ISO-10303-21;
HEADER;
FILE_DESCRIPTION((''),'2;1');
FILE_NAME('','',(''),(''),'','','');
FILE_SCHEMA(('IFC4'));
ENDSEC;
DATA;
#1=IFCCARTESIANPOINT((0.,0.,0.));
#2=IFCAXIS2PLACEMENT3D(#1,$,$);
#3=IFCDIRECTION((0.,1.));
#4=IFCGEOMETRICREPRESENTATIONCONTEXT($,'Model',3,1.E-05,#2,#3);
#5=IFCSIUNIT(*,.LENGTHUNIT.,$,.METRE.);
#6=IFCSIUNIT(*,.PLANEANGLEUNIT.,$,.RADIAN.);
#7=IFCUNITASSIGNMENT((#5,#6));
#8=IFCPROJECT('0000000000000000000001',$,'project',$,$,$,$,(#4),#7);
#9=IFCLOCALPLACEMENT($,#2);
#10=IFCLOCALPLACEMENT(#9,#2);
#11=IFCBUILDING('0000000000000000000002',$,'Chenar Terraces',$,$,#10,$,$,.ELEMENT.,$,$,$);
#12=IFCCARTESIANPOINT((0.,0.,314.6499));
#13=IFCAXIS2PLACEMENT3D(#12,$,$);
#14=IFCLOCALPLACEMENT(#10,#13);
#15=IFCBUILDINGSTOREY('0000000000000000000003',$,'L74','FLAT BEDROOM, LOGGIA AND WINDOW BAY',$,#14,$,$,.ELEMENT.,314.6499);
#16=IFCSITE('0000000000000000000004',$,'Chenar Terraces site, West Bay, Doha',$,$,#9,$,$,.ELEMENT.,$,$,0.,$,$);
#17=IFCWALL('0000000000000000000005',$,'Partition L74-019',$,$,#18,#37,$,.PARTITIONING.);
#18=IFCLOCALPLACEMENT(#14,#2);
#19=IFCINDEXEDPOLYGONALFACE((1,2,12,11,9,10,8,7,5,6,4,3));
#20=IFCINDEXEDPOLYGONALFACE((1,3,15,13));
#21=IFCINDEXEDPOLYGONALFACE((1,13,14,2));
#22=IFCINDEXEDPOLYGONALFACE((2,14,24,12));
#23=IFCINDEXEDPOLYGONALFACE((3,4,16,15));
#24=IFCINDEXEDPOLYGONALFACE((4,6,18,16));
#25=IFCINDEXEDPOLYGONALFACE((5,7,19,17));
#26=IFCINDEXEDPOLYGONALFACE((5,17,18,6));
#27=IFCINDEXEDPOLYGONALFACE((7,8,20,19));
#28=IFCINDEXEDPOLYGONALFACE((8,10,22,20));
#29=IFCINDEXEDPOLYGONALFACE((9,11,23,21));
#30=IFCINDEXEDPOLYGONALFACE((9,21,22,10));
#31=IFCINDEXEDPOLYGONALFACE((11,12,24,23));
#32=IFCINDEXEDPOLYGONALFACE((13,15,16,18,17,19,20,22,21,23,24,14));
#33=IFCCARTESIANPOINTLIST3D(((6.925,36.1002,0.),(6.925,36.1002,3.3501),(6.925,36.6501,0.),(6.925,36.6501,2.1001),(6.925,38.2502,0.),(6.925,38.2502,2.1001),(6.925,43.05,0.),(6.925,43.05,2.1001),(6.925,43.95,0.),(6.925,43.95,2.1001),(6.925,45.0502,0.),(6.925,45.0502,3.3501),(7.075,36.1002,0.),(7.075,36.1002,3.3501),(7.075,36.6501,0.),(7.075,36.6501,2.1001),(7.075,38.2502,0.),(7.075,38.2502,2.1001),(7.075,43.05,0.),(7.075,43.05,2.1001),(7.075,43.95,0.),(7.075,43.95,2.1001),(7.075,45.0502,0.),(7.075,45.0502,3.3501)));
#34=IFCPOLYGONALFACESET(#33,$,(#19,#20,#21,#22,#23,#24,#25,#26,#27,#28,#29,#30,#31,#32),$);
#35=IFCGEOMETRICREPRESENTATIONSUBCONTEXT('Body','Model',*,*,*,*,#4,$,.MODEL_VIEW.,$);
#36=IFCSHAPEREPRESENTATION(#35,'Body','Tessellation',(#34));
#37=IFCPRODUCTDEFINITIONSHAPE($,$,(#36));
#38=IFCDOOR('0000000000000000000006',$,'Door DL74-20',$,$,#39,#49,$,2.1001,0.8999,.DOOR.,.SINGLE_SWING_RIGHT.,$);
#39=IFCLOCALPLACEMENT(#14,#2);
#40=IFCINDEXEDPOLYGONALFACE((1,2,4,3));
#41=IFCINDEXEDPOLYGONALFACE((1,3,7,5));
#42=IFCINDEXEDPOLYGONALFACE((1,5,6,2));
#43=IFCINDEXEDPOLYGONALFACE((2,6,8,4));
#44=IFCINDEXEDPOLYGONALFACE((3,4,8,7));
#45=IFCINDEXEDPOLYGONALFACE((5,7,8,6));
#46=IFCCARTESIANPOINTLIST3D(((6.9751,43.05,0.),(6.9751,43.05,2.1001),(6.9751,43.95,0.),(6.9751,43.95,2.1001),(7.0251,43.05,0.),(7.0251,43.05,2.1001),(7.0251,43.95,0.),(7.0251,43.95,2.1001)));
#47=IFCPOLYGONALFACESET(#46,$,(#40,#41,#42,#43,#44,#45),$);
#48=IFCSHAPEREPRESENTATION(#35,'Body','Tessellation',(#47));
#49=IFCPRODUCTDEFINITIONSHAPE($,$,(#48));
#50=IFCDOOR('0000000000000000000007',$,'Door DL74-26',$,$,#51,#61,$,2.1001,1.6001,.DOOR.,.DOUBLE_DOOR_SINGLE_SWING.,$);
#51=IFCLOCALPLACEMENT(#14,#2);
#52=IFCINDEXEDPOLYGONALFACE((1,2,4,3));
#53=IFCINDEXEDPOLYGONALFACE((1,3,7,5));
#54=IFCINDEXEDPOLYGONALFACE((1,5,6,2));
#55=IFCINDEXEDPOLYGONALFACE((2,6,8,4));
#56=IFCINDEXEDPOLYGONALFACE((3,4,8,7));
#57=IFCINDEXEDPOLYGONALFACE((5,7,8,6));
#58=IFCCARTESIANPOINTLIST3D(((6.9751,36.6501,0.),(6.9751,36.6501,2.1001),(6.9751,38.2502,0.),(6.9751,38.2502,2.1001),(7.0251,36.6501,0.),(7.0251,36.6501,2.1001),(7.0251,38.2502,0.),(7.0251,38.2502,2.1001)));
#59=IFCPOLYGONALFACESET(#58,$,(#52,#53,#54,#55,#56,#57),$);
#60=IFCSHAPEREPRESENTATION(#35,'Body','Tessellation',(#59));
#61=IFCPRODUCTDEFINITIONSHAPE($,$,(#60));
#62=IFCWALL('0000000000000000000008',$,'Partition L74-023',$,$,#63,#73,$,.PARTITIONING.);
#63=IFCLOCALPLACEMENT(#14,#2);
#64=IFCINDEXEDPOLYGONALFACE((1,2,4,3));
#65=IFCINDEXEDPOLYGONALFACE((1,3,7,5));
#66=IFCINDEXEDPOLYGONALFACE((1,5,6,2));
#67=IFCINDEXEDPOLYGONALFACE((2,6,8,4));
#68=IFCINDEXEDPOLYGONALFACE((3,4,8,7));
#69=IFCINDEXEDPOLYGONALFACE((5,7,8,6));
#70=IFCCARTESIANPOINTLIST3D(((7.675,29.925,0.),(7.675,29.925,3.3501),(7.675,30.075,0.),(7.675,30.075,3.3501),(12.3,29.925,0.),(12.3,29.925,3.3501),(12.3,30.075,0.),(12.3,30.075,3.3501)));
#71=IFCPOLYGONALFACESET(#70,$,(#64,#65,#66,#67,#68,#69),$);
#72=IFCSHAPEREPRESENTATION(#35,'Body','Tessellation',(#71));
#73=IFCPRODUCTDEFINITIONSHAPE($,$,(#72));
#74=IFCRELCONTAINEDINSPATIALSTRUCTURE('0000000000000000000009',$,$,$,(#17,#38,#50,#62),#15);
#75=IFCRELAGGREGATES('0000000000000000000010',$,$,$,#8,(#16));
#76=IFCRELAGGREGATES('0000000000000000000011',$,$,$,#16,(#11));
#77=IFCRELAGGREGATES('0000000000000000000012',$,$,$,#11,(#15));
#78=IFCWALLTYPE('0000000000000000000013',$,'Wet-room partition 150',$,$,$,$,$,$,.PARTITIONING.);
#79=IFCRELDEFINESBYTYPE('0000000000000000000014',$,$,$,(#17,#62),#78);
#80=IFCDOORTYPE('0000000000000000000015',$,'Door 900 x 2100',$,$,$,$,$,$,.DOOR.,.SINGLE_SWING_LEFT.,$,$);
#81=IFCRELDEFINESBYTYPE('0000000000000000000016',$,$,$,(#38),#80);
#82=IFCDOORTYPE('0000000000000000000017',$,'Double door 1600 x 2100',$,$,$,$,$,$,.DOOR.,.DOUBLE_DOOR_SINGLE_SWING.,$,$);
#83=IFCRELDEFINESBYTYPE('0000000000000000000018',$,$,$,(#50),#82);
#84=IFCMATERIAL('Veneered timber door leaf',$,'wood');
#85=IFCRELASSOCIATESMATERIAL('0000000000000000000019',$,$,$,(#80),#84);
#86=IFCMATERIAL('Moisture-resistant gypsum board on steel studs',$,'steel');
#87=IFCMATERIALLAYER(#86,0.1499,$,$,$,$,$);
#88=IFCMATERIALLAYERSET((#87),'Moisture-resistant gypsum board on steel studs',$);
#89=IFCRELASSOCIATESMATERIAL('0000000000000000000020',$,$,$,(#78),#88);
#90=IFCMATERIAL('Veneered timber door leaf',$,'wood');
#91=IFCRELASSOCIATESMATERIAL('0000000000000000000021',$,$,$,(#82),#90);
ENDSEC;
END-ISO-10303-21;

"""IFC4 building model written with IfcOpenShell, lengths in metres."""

from ifc_helpers import new_model, si_unit, direction, frame, frame_2d, origin, place, context, subcontext, project, spatial, rectangle, extrude, material, layer, layer_set, type_object, element, fill, save


model = new_model("IFC4")

# Units and contexts
model_context = context("Model", 3, precision=1e-05, world=origin(), true_north=direction((0.0, 1.0)))
body_context = subcontext(model_context, "Body", "Model", "MODEL_VIEW")
ifc_project = project(units=[si_unit("LENGTHUNIT", "METRE"), si_unit("PLANEANGLEUNIT", "RADIAN")], contexts=[model_context])

# Site, building, storey
site_placement = place(None, origin())
site = spatial("IfcSite", under=ifc_project, at=site_placement, Name="Chenar Terraces site, West Bay, Doha", CompositionType="ELEMENT", RefElevation=0.0)
building_placement = place(site_placement, origin())
building = spatial("IfcBuilding", under=site, at=building_placement, Name="Chenar Terraces", CompositionType="ELEMENT")
storey_placement = place(building_placement, frame((0.0, 0.0, 314.6499)))
storey = spatial("IfcBuildingStorey", under=building, at=storey_placement, Name="L74", Description="FLAT BEDROOM, LOGGIA AND WINDOW BAY", CompositionType="ELEMENT", Elevation=314.6499)

# Shared definitions
ifc_material_1 = material(Name="Veneered timber door leaf", Category="wood")
door_type_1 = type_object("IfcDoorType", Name="Door 900 x 2100", OperationType="SINGLE_SWING_LEFT", PredefinedType="DOOR", material=ifc_material_1)

# Shared definitions
ifc_material_2 = material(Name="Moisture-resistant gypsum board on steel studs", Category="steel")
ifc_layer_1 = layer(ifc_material_2, 0.1499)
ifc_layer_set_1 = layer_set([ifc_layer_1], Name="Moisture-resistant gypsum board on steel studs")
wall_type_1 = type_object("IfcWallType", Name="Wet-room partition 150", PredefinedType="PARTITIONING", material=ifc_layer_set_1)

# Wall, openings, doors
wall_1_placement = place(storey_placement, frame((7.0, 36.1001, 0.0), z_axis=(0.0, 0.0, 1.0), x_axis=(0.0, 1.0, 0.0)))
wall_1 = element("IfcWall", 1, at=wall_1_placement, inside=storey, type_object=wall_type_1, Name="Partition L74-019", PredefinedType="PARTITIONING", context=body_context, shape_type="SweptSolid", body=[
    extrude(rectangle(XDim=8.95, YDim=0.1499, at=frame_2d((4.4751, 0.0))), origin(), (0.0, 0.0, 1.0), 3.3501),
])
opening_1_placement = place(wall_1_placement, frame((6.95, 0.0, 0.0)))
opening_1 = element("IfcOpeningElement", 2, at=opening_1_placement, cuts=wall_1, PredefinedType="OPENING", context=body_context, shape_type="SweptSolid", body=[
    extrude(rectangle(XDim=0.8999, YDim=2.1001, at=frame_2d((0.45, 1.05))), frame((0.0, 0.085, 0.0), z_axis=(0.0, -1.0, 0.0), x_axis=(1.0, 0.0, 0.0)), (0.0, 0.0, 1.0), 0.1699),
])
opening_2_placement = place(wall_1_placement, frame((0.55, 0.0, 0.0)))
opening_2 = element("IfcOpeningElement", 3, at=opening_2_placement, cuts=wall_1, PredefinedType="OPENING", context=body_context, shape_type="SweptSolid", body=[
    extrude(rectangle(XDim=1.6001, YDim=2.1001, at=frame_2d((0.8, 1.05))), frame((0.0, 0.085, 0.0), z_axis=(0.0, -1.0, 0.0), x_axis=(1.0, 0.0, 0.0)), (0.0, 0.0, 1.0), 0.1699),
])
door_1_placement = place(opening_1_placement, origin())
door_1 = element("IfcDoor", 4, at=door_1_placement, inside=storey, type_object=door_type_1, Name="Door DL74-20", OperationType="SINGLE_SWING_RIGHT", OverallHeight=2.1001, OverallWidth=0.8999, PredefinedType="DOOR", context=body_context, shape_type="SweptSolid", body=[
    extrude(rectangle(XDim=0.8999, YDim=2.1001, at=frame_2d((0.45, 1.05))), frame((0.0, 0.0249, 0.0), z_axis=(0.0, -1.0, 0.0), x_axis=(1.0, 0.0, 0.0)), (0.0, 0.0, 1.0), 0.05),
])
fill(opening_1, door_1)
ifc_material_3 = material(Name="Veneered timber door leaf", Category="wood")
door_type_2 = type_object("IfcDoorType", Name="Double door 1600 x 2100", OperationType="DOUBLE_DOOR_SINGLE_SWING", PredefinedType="DOOR", material=ifc_material_3)
door_2_placement = place(opening_2_placement, origin())
door_2 = element("IfcDoor", 5, at=door_2_placement, inside=storey, type_object=door_type_2, Name="Door DL74-26", OperationType="DOUBLE_DOOR_SINGLE_SWING", OverallHeight=2.1001, OverallWidth=1.6001, PredefinedType="DOOR", context=body_context, shape_type="SweptSolid", body=[
    extrude(rectangle(XDim=1.6001, YDim=2.1001, at=frame_2d((0.8, 1.05))), frame((0.0, 0.0249, 0.0), z_axis=(0.0, -1.0, 0.0), x_axis=(1.0, 0.0, 0.0)), (0.0, 0.0, 1.0), 0.05),
])
fill(opening_2, door_2)

# Wall
wall_2_placement = place(storey_placement, frame((7.675, 30.0, 0.0), z_axis=(0.0, 0.0, 1.0), x_axis=(1.0, 0.0, 0.0)))
element("IfcWall", 6, at=wall_2_placement, inside=storey, type_object=wall_type_1, Name="Partition L74-023", PredefinedType="PARTITIONING", context=body_context, shape_type="SweptSolid", body=[
    extrude(rectangle(XDim=4.625, YDim=0.1499, at=frame_2d((2.3125, 0.0))), origin(), (0.0, 0.0, 1.0), 3.3501),
])

save(model, "model.ifc")
